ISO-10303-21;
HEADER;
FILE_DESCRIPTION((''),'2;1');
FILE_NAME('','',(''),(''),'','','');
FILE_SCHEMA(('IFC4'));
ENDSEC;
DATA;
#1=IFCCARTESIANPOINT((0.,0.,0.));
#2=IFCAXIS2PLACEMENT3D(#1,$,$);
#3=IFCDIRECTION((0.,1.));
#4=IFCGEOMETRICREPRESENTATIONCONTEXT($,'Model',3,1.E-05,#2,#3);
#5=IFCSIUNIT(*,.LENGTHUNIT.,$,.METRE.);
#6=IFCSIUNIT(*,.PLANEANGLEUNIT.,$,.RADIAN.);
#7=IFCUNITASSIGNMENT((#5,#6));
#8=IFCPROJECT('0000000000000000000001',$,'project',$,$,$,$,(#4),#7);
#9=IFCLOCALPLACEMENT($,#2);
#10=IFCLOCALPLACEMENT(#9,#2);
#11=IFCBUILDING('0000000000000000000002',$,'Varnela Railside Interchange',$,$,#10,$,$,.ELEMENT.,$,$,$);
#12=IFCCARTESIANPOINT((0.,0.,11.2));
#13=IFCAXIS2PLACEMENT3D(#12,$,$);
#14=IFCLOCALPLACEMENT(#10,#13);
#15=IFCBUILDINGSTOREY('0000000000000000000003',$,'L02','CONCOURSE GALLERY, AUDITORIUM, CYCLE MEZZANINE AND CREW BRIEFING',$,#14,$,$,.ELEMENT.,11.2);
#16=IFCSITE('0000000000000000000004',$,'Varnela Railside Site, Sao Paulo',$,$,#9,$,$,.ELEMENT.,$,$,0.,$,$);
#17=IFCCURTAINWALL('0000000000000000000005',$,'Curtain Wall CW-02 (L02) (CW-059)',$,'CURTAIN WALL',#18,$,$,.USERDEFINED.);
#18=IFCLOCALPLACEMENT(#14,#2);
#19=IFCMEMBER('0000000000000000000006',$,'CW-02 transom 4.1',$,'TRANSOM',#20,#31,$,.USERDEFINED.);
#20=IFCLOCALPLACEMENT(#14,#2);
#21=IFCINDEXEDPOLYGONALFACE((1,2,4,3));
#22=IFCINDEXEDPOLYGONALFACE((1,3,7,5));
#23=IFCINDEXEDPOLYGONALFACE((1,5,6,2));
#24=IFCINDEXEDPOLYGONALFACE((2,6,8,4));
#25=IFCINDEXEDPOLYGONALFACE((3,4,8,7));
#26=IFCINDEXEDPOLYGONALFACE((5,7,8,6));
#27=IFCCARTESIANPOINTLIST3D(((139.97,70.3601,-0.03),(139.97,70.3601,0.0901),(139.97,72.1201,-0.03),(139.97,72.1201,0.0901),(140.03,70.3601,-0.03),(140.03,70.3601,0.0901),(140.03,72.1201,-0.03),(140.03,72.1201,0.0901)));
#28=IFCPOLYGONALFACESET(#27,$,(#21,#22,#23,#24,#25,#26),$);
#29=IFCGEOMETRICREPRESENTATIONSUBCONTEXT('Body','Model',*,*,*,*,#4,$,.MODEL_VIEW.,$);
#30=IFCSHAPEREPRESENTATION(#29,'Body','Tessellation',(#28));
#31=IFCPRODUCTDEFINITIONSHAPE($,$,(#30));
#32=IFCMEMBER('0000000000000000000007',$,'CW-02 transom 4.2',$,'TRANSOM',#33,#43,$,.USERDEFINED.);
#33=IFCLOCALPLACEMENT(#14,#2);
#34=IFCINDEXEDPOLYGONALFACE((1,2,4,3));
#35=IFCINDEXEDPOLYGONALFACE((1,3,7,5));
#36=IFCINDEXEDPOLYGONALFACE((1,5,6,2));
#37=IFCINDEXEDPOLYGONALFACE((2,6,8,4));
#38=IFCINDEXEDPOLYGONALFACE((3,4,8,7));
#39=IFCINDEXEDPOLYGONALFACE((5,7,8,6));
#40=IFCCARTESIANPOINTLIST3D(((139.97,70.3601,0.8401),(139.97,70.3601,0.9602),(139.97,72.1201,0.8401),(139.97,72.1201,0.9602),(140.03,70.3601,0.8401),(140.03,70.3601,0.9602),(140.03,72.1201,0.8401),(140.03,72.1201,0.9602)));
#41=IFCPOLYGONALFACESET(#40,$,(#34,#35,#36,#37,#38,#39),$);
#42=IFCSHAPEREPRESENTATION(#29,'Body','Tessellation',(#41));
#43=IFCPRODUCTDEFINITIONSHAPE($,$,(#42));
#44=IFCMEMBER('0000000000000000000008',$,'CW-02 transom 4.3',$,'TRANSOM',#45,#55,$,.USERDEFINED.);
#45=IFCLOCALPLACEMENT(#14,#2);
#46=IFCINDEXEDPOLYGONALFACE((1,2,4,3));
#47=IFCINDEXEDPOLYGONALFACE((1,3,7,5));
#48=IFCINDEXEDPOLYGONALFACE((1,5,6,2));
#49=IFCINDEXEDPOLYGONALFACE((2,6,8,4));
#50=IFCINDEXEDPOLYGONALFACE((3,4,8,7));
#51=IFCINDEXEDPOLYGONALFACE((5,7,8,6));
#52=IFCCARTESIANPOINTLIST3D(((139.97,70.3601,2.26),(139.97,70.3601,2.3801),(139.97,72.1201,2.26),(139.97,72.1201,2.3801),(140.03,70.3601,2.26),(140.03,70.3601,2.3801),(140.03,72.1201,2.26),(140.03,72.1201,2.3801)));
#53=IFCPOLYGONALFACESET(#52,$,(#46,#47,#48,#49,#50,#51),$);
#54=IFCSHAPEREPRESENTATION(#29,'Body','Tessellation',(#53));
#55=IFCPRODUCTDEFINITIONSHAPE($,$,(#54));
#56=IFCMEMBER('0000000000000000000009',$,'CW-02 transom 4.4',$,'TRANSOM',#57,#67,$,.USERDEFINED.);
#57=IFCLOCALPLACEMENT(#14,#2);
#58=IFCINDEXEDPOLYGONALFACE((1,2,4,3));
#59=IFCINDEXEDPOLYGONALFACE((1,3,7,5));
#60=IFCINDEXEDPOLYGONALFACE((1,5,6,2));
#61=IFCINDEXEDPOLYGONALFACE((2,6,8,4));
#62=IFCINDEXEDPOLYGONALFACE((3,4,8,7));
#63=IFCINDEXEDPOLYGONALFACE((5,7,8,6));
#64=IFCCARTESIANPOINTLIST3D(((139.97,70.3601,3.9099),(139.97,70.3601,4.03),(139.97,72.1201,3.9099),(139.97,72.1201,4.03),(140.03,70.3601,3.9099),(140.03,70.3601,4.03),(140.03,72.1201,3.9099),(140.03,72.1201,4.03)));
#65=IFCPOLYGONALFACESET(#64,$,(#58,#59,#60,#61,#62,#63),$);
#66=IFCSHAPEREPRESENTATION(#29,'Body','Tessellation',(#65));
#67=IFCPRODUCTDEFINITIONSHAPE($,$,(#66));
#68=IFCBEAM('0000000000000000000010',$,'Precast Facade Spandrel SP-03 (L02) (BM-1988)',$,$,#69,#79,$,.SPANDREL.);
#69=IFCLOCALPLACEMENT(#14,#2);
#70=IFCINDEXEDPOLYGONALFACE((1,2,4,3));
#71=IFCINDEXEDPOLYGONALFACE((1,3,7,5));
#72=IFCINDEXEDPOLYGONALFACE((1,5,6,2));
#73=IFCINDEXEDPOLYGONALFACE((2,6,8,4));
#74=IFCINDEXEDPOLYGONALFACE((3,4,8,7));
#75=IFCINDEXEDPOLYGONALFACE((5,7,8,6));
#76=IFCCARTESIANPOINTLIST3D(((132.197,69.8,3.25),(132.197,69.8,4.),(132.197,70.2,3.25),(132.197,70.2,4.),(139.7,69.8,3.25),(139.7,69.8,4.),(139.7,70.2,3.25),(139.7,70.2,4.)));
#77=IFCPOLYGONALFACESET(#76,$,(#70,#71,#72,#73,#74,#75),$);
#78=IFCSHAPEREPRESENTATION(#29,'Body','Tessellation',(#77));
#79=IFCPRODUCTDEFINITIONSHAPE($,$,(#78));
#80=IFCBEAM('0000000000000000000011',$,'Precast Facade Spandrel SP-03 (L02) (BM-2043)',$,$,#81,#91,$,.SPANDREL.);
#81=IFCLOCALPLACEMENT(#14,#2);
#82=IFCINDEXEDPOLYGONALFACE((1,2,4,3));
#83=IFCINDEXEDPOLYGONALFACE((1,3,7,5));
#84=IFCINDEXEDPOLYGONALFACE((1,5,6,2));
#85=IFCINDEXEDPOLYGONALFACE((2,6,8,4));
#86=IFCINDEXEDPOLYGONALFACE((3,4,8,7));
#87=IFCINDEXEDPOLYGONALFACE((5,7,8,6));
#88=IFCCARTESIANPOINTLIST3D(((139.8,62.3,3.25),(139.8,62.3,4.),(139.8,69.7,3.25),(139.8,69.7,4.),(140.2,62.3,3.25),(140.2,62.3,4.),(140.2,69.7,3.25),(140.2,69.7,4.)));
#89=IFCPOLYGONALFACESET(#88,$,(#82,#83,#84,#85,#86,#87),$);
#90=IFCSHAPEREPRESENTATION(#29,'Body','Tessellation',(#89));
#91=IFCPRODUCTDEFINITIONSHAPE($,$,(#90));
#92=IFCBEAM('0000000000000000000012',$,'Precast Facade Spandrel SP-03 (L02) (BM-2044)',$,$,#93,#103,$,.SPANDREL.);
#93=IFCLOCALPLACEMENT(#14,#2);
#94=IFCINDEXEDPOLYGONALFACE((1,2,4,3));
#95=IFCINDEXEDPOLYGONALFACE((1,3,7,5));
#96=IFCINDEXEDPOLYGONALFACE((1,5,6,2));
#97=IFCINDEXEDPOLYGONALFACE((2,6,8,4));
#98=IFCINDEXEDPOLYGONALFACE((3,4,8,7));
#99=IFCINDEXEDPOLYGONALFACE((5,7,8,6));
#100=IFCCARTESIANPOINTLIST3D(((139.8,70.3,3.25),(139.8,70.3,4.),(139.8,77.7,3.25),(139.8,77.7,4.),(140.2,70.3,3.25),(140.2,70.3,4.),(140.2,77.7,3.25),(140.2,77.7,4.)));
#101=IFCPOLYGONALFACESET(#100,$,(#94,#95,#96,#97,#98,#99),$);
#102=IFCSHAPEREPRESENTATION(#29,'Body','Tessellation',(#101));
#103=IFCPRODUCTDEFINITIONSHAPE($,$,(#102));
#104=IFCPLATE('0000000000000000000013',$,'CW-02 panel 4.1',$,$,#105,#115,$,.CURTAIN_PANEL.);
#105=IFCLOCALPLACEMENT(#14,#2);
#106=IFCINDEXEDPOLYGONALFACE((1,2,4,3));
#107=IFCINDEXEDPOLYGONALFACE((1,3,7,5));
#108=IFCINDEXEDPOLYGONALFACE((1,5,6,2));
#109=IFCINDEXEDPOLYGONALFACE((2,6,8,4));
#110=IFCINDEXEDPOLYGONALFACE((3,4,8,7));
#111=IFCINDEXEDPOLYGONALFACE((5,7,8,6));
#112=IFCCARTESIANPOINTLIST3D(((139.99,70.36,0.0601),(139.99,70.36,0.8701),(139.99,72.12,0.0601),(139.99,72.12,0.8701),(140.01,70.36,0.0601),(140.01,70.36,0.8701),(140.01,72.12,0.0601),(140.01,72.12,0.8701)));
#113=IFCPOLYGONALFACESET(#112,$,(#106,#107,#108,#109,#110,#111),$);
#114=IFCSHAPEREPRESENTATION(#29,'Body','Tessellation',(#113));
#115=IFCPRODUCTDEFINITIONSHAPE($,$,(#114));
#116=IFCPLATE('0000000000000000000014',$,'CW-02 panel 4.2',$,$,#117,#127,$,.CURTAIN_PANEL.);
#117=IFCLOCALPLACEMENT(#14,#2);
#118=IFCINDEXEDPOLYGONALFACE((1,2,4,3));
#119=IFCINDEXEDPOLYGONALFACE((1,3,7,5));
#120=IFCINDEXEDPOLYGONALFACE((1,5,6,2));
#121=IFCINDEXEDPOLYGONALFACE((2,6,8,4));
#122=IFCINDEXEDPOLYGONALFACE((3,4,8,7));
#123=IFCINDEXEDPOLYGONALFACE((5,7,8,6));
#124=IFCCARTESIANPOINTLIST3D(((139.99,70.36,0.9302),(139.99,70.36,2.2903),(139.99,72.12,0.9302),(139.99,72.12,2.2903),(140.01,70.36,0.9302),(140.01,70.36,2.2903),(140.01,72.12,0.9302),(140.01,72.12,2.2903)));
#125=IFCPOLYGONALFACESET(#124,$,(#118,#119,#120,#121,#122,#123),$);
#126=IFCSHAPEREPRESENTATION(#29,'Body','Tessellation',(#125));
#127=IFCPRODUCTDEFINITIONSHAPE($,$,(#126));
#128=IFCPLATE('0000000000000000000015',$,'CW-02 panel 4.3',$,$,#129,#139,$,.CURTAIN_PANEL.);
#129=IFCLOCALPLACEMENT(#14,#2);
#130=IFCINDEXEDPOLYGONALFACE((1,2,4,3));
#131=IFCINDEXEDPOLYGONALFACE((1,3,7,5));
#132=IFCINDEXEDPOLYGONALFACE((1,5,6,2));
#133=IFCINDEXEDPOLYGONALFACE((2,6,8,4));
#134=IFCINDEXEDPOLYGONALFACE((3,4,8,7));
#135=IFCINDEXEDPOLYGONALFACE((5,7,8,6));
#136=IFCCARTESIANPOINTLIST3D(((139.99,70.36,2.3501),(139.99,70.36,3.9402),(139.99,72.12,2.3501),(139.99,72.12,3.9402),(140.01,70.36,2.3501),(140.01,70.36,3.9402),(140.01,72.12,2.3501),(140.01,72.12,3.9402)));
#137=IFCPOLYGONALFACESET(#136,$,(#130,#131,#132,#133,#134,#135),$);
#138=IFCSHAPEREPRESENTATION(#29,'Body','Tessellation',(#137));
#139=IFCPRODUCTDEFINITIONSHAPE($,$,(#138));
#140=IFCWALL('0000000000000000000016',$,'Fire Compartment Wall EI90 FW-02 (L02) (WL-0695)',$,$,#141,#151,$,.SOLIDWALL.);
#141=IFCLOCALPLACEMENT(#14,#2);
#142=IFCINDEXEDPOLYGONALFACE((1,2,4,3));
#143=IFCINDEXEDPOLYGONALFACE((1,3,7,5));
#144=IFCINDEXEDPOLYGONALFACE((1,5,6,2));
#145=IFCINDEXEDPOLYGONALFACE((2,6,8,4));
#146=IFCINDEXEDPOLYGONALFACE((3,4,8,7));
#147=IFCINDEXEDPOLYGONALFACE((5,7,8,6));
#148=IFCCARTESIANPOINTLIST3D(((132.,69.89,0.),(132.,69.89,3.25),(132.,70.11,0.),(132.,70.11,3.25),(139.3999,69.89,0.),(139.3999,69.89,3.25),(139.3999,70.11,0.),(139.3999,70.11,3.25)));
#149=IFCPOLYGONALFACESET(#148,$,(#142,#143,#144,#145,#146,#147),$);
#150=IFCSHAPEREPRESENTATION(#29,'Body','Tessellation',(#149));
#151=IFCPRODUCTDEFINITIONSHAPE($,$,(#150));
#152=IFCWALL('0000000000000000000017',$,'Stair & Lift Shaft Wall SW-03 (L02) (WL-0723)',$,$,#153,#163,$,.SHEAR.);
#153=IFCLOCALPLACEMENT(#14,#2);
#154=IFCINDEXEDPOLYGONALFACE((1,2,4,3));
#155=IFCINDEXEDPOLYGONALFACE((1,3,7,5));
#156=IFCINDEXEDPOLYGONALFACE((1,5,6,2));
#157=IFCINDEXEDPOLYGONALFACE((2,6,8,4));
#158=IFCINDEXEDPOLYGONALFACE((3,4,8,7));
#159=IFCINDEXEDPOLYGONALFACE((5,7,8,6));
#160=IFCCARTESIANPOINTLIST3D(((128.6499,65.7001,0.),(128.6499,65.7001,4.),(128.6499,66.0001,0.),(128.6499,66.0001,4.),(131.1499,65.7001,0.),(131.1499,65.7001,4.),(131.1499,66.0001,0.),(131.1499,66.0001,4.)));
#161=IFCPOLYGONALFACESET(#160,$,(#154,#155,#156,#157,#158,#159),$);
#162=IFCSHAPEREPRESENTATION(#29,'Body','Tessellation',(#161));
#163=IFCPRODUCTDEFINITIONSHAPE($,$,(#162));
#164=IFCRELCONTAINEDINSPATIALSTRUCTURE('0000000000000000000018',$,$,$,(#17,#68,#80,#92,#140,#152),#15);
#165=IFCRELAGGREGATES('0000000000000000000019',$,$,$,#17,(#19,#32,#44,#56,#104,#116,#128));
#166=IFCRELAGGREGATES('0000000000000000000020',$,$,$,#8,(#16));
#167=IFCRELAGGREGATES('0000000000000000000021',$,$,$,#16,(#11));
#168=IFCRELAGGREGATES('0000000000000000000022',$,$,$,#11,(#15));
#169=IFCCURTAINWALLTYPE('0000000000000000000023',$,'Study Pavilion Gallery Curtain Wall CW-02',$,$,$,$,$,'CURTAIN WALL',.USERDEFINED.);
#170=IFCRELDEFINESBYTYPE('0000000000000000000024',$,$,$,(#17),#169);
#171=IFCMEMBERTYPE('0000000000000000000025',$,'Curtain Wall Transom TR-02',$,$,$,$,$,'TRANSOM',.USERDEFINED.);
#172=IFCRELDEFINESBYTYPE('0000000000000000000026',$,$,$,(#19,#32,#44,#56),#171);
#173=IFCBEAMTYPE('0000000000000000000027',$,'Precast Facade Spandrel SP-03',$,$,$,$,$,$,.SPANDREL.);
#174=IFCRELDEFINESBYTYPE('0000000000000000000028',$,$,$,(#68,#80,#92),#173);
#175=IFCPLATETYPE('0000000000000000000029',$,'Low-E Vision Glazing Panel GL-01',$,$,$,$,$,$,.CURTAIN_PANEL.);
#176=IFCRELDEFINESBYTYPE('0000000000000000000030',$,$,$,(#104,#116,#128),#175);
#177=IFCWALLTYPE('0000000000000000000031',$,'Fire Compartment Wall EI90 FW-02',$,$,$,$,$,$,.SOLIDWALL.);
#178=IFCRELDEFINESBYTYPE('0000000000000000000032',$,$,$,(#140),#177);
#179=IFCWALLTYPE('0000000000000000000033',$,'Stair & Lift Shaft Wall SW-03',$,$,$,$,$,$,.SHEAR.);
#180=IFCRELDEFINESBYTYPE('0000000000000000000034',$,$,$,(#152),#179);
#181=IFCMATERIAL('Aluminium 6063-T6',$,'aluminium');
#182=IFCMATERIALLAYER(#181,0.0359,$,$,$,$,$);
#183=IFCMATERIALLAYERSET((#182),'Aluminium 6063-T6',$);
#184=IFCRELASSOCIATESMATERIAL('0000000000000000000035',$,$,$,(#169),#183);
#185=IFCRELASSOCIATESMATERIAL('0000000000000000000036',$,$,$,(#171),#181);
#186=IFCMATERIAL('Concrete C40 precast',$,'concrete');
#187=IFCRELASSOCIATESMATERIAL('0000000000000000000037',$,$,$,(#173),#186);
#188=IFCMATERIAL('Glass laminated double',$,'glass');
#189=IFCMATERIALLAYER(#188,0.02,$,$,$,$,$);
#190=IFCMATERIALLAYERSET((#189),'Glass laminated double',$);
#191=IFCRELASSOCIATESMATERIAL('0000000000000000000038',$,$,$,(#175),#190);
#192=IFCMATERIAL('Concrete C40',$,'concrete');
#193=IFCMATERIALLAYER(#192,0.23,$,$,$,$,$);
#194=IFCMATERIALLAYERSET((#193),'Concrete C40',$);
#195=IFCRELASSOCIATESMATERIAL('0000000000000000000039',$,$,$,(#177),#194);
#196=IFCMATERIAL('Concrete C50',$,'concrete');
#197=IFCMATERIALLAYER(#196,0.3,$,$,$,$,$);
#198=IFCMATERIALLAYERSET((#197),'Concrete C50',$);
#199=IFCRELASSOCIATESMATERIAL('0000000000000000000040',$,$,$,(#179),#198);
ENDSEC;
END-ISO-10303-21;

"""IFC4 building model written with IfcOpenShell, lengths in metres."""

from ifc_helpers import new_model, si_unit, direction, frame, frame_2d, origin, origin_2d, place, context, subcontext, project, spatial, rectangle, extrude, material, layer, layer_set, material_profile, profile_set, type_object, element, aggregate, save


model = new_model("IFC4")

# Units and contexts
model_context = context("Model", 3, precision=1e-05, world=origin(), true_north=direction((0.0, 1.0)))
body_context = subcontext(model_context, "Body", "Model", "MODEL_VIEW")
ifc_project = project(units=[si_unit("LENGTHUNIT", "METRE"), si_unit("PLANEANGLEUNIT", "RADIAN")], contexts=[model_context])

# Site, building, storey
site_placement = place(None, origin())
site = spatial("IfcSite", under=ifc_project, at=site_placement, Name="Varnela Railside Site, Sao Paulo", CompositionType="ELEMENT", RefElevation=0.0)
building_placement = place(site_placement, origin())
building = spatial("IfcBuilding", under=site, at=building_placement, Name="Varnela Railside Interchange", CompositionType="ELEMENT")
storey_placement = place(building_placement, frame((0.0, 0.0, 11.2)))
storey = spatial("IfcBuildingStorey", under=building, at=storey_placement, Name="L02", Description="CONCOURSE GALLERY, AUDITORIUM, CYCLE MEZZANINE AND CREW BRIEFING", CompositionType="ELEMENT", Elevation=11.2)

# Shared definitions
ifc_material_1 = material(Name="Concrete C50", Category="concrete")

# Curtain wall, members
ifc_material_2 = material(Name="Aluminium 6063-T6", Category="aluminium")
ifc_layer_1 = layer(ifc_material_2, 0.0359)
ifc_layer_set_1 = layer_set([ifc_layer_1], Name="Aluminium 6063-T6")
curtain_wall_type = type_object("IfcCurtainWallType", Name="Study Pavilion Gallery Curtain Wall CW-02", ElementType="CURTAIN WALL", PredefinedType="USERDEFINED", material=ifc_layer_set_1)
curtain_wall_placement = place(storey_placement, origin())
curtain_wall = element("IfcCurtainWall", 1, at=curtain_wall_placement, inside=storey, type_object=curtain_wall_type, Name="Curtain Wall CW-02 (L02) (CW-059)", ObjectType="CURTAIN WALL", PredefinedType="USERDEFINED")
ifc_material_profile_1 = material_profile(ifc_material_2, rectangle(XDim=0.0601, YDim=0.1201, at=origin_2d()), Name="ALU 60x120")
ifc_profile_set_1 = profile_set([ifc_material_profile_1], Name="Aluminium 6063-T6")
member_type_1 = type_object("IfcMemberType", Name="Curtain Wall Transom TR-02", ElementType="TRANSOM", PredefinedType="USERDEFINED", material=ifc_profile_set_1)
member_1_placement = place(storey_placement, frame((140.0, 72.1201, 0.03), z_axis=(0.0, -1.0, 0.0), x_axis=(1.0, 0.0, 0.0)))
member_1 = element("IfcMember", 2, at=member_1_placement, type_object=member_type_1, Name="CW-02 transom 4.1", ObjectType="TRANSOM", PredefinedType="USERDEFINED", context=body_context, shape_type="SweptSolid", body=[
    extrude(rectangle(XDim=0.0601, YDim=0.1201, at=origin_2d()), origin(), (0.0, 0.0, 1.0), 1.76),
])
member_2_placement = place(storey_placement, frame((140.0, 72.1201, 0.9001), z_axis=(0.0, -1.0, 0.0), x_axis=(1.0, 0.0, 0.0)))
member_2 = element("IfcMember", 3, at=member_2_placement, type_object=member_type_1, Name="CW-02 transom 4.2", ObjectType="TRANSOM", PredefinedType="USERDEFINED", context=body_context, shape_type="SweptSolid", body=[
    extrude(rectangle(XDim=0.0601, YDim=0.1201, at=origin_2d()), origin(), (0.0, 0.0, 1.0), 1.76),
])
member_3_placement = place(storey_placement, frame((140.0, 72.1201, 2.3201), z_axis=(0.0, -1.0, 0.0), x_axis=(1.0, 0.0, 0.0)))
member_3 = element("IfcMember", 4, at=member_3_placement, type_object=member_type_1, Name="CW-02 transom 4.3", ObjectType="TRANSOM", PredefinedType="USERDEFINED", context=body_context, shape_type="SweptSolid", body=[
    extrude(rectangle(XDim=0.0601, YDim=0.1201, at=origin_2d()), origin(), (0.0, 0.0, 1.0), 1.76),
])
member_4_placement = place(storey_placement, frame((140.0, 72.1201, 3.97), z_axis=(0.0, -1.0, 0.0), x_axis=(1.0, 0.0, 0.0)))
member_4 = element("IfcMember", 5, at=member_4_placement, type_object=member_type_1, Name="CW-02 transom 4.4", ObjectType="TRANSOM", PredefinedType="USERDEFINED", context=body_context, shape_type="SweptSolid", body=[
    extrude(rectangle(XDim=0.0601, YDim=0.1201, at=origin_2d()), origin(), (0.0, 0.0, 1.0), 1.76),
])

# Beams
ifc_material_3 = material(Name="Concrete C40 precast", Category="concrete")
ifc_material_profile_2 = material_profile(ifc_material_3, rectangle(XDim=0.3999, YDim=0.75, at=origin_2d()), Name="PC 400x750")
ifc_profile_set_2 = profile_set([ifc_material_profile_2], Name="Concrete C40 precast")
beam_type_1 = type_object("IfcBeamType", Name="Precast Facade Spandrel SP-03", PredefinedType="SPANDREL", material=ifc_profile_set_2)
beam_placement = place(storey_placement, frame((132.197, 70.0, 3.625), z_axis=(1.0, 0.0, 0.0), x_axis=(0.0, 1.0, 0.0)))
element("IfcBeam", 6, at=beam_placement, inside=storey, type_object=beam_type_1, Name="Precast Facade Spandrel SP-03 (L02) (BM-1988)", PredefinedType="SPANDREL", context=body_context, shape_type="SweptSolid", body=[
    extrude(rectangle(XDim=0.3999, YDim=0.75, at=origin_2d()), origin(), (0.0, 0.0, 1.0), 7.5029),
])
for number, where, z_axis, x_axis, name in (
    (7, (140.0, 62.3, 3.625), (0.0, 1.0, 0.0), (-1.0, 0.0, 0.0), "Precast Facade Spandrel SP-03 (L02) (BM-2043)"),
    (8, (140.0, 70.3, 3.625), (0.0, 1.0, 0.0), (-1.0, 0.0, 0.0), "Precast Facade Spandrel SP-03 (L02) (BM-2044)"),
):
    element("IfcBeam", number, at=place(storey_placement, frame(where, z_axis=z_axis, x_axis=x_axis)), inside=storey, type_object=beam_type_1, Name=name, PredefinedType="SPANDREL", context=body_context, shape_type="SweptSolid", body=[
        extrude(rectangle(XDim=0.3999, YDim=0.75, at=origin_2d()), origin(), (0.0, 0.0, 1.0), 7.3999),
    ])

# Plates
ifc_material_4 = material(Name="Glass laminated double", Category="glass")
ifc_layer_2 = layer(ifc_material_4, 0.02)
ifc_layer_set_2 = layer_set([ifc_layer_2], Name="Glass laminated double")
plate_type = type_object("IfcPlateType", Name="Low-E Vision Glazing Panel GL-01", PredefinedType="CURTAIN_PANEL", material=ifc_layer_set_2)
plate_1_placement = place(storey_placement, frame((140.0, 71.24, 0.0601), z_axis=(0.0, 0.0, 1.0), x_axis=(0.0, -1.0, 0.0)))
plate_1 = element("IfcPlate", 9, at=plate_1_placement, type_object=plate_type, Name="CW-02 panel 4.1", PredefinedType="CURTAIN_PANEL", context=body_context, shape_type="SweptSolid", body=[
    extrude(rectangle(XDim=1.76, YDim=0.02, at=origin_2d()), origin(), (0.0, 0.0, 1.0), 0.8101),
])
plate_2_placement = place(storey_placement, frame((140.0, 71.24, 0.9302), z_axis=(0.0, 0.0, 1.0), x_axis=(0.0, -1.0, 0.0)))
plate_2 = element("IfcPlate", 10, at=plate_2_placement, type_object=plate_type, Name="CW-02 panel 4.2", PredefinedType="CURTAIN_PANEL", context=body_context, shape_type="SweptSolid", body=[
    extrude(rectangle(XDim=1.76, YDim=0.02, at=origin_2d()), origin(), (0.0, 0.0, 1.0), 1.3601),
])
plate_3_placement = place(storey_placement, frame((140.0, 71.24, 2.3501), z_axis=(0.0, 0.0, 1.0), x_axis=(0.0, -1.0, 0.0)))
plate_3 = element("IfcPlate", 11, at=plate_3_placement, type_object=plate_type, Name="CW-02 panel 4.3", PredefinedType="CURTAIN_PANEL", context=body_context, shape_type="SweptSolid", body=[
    extrude(rectangle(XDim=1.76, YDim=0.02, at=origin_2d()), origin(), (0.0, 0.0, 1.0), 1.5901),
])
aggregate(curtain_wall, [member_1, member_2, member_3, member_4, plate_1, plate_2, plate_3])

# Walls
ifc_material_5 = material(Name="Concrete C40", Category="concrete")
ifc_layer_3 = layer(ifc_material_5, 0.23)
ifc_layer_set_3 = layer_set([ifc_layer_3], Name="Concrete C40")
wall_type_1 = type_object("IfcWallType", Name="Fire Compartment Wall EI90 FW-02", PredefinedType="SOLIDWALL", material=ifc_layer_set_3)
wall_1_placement = place(storey_placement, frame((132.0, 70.0, 0.0), z_axis=(0.0, 0.0, 1.0), x_axis=(1.0, 0.0, 0.0)))
element("IfcWall", 12, at=wall_1_placement, inside=storey, type_object=wall_type_1, Name="Fire Compartment Wall EI90 FW-02 (L02) (WL-0695)", PredefinedType="SOLIDWALL", context=body_context, shape_type="SweptSolid", body=[
    extrude(rectangle(XDim=7.3999, YDim=0.22, at=frame_2d((3.7, 0.0))), origin(), (0.0, 0.0, 1.0), 3.25),
])
ifc_layer_4 = layer(ifc_material_1, 0.3)
ifc_layer_set_4 = layer_set([ifc_layer_4], Name="Concrete C50")
wall_type_2 = type_object("IfcWallType", Name="Stair & Lift Shaft Wall SW-03", PredefinedType="SHEAR", material=ifc_layer_set_4)
wall_2_placement = place(storey_placement, frame((128.6499, 65.8501, 0.0), z_axis=(0.0, 0.0, 1.0), x_axis=(1.0, 0.0, 0.0)))
element("IfcWall", 13, at=wall_2_placement, inside=storey, type_object=wall_type_2, Name="Stair & Lift Shaft Wall SW-03 (L02) (WL-0723)", PredefinedType="SHEAR", context=body_context, shape_type="SweptSolid", body=[
    extrude(rectangle(XDim=2.5, YDim=0.3, at=frame_2d((1.25, 0.0))), origin(), (0.0, 0.0, 1.0), 4.0),
])

save(model, "model.ifc")
